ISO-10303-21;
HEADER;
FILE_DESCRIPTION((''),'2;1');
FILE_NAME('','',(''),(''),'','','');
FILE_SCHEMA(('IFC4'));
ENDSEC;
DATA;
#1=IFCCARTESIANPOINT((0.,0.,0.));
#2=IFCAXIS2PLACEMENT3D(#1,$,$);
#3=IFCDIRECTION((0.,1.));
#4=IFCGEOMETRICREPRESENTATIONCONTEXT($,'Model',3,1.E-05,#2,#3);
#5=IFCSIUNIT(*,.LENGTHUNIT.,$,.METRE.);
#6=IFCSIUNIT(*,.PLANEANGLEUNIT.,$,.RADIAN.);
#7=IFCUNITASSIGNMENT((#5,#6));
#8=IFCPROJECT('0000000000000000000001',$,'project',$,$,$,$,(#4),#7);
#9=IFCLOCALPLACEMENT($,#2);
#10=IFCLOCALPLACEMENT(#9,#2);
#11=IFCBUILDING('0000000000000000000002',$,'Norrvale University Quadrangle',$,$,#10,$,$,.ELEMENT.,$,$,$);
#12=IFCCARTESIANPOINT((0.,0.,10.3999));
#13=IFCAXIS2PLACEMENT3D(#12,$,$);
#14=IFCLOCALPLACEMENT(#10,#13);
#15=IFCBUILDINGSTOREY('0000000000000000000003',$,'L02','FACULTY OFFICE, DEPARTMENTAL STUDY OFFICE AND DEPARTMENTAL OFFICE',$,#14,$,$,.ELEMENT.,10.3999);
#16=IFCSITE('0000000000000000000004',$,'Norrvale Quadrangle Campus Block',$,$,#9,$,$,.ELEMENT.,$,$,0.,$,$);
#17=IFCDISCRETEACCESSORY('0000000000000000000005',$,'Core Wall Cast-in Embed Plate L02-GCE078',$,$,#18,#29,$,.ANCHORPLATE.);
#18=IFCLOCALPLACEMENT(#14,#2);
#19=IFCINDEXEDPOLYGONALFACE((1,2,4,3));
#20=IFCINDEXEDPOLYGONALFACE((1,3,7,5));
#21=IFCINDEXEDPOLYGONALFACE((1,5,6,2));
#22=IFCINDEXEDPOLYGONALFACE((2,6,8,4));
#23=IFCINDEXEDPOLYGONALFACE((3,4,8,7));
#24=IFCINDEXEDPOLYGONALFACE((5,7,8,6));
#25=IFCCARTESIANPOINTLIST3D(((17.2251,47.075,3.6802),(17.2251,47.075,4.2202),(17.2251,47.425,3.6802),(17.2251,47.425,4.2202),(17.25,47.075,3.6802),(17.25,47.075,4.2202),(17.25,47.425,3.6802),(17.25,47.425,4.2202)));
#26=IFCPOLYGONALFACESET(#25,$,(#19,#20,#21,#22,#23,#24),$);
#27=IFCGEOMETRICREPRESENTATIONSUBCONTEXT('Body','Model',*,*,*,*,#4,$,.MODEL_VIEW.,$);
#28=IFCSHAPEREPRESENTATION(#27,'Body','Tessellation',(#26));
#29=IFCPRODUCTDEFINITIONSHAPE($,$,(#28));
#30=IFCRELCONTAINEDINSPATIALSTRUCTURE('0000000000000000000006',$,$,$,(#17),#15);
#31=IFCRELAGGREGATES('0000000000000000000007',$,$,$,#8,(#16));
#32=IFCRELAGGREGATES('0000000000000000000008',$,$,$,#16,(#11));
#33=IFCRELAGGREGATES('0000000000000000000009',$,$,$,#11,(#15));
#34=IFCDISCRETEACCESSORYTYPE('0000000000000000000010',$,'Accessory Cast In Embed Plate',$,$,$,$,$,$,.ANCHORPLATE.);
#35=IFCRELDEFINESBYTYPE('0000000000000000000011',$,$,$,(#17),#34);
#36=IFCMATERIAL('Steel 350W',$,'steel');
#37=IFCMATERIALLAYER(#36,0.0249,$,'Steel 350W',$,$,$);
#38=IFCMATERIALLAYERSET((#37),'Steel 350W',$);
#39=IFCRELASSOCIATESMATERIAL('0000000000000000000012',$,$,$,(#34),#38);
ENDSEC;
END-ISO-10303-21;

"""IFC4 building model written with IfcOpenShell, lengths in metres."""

from ifc_helpers import new_model, si_unit, direction, frame, origin, origin_2d, place, context, subcontext, project, spatial, rectangle, extrude, material, layer, layer_set, type_object, element, save


model = new_model("IFC4")

# Units and contexts
model_context = context("Model", 3, precision=1e-05, world=origin(), true_north=direction((0.0, 1.0)))
body_context = subcontext(model_context, "Body", "Model", "MODEL_VIEW")
ifc_project = project(units=[si_unit("LENGTHUNIT", "METRE"), si_unit("PLANEANGLEUNIT", "RADIAN")], contexts=[model_context])

# Site, building, storey
site_placement = place(None, origin())
site = spatial("IfcSite", under=ifc_project, at=site_placement, Name="Norrvale Quadrangle Campus Block", CompositionType="ELEMENT", RefElevation=0.0)
building_placement = place(site_placement, origin())
building = spatial("IfcBuilding", under=site, at=building_placement, Name="Norrvale University Quadrangle", CompositionType="ELEMENT")
storey_placement = place(building_placement, frame((0.0, 0.0, 10.3999)))
storey = spatial("IfcBuildingStorey", under=building, at=storey_placement, Name="L02", Description="FACULTY OFFICE, DEPARTMENTAL STUDY OFFICE AND DEPARTMENTAL OFFICE", CompositionType="ELEMENT", Elevation=10.3999)

# Shared definitions
ifc_material_1 = material(Name="Steel 350W", Category="steel")

# Discrete accessory
ifc_layer_1 = layer(ifc_material_1, 0.0249, Name="Steel 350W")
ifc_layer_set_1 = layer_set([ifc_layer_1], Name="Steel 350W")
discrete_accessory_type = type_object("IfcDiscreteAccessoryType", Name="Accessory Cast In Embed Plate", PredefinedType="ANCHORPLATE", material=ifc_layer_set_1)
discrete_accessory_placement = place(storey_placement, frame((17.2375, 47.25, 3.6802), z_axis=(0.0, 0.0, 1.0), x_axis=(1.0, 0.0, 0.0)))
element("IfcDiscreteAccessory", 1, at=discrete_accessory_placement, inside=storey, type_object=discrete_accessory_type, Name="Core Wall Cast-in Embed Plate L02-GCE078", PredefinedType="ANCHORPLATE", context=body_context, shape_type="SweptSolid", body=[
    extrude(rectangle(XDim=0.0249, YDim=0.3501, at=origin_2d()), origin(), (0.0, 0.0, 1.0), 0.54),
])

save(model, "model.ifc")
